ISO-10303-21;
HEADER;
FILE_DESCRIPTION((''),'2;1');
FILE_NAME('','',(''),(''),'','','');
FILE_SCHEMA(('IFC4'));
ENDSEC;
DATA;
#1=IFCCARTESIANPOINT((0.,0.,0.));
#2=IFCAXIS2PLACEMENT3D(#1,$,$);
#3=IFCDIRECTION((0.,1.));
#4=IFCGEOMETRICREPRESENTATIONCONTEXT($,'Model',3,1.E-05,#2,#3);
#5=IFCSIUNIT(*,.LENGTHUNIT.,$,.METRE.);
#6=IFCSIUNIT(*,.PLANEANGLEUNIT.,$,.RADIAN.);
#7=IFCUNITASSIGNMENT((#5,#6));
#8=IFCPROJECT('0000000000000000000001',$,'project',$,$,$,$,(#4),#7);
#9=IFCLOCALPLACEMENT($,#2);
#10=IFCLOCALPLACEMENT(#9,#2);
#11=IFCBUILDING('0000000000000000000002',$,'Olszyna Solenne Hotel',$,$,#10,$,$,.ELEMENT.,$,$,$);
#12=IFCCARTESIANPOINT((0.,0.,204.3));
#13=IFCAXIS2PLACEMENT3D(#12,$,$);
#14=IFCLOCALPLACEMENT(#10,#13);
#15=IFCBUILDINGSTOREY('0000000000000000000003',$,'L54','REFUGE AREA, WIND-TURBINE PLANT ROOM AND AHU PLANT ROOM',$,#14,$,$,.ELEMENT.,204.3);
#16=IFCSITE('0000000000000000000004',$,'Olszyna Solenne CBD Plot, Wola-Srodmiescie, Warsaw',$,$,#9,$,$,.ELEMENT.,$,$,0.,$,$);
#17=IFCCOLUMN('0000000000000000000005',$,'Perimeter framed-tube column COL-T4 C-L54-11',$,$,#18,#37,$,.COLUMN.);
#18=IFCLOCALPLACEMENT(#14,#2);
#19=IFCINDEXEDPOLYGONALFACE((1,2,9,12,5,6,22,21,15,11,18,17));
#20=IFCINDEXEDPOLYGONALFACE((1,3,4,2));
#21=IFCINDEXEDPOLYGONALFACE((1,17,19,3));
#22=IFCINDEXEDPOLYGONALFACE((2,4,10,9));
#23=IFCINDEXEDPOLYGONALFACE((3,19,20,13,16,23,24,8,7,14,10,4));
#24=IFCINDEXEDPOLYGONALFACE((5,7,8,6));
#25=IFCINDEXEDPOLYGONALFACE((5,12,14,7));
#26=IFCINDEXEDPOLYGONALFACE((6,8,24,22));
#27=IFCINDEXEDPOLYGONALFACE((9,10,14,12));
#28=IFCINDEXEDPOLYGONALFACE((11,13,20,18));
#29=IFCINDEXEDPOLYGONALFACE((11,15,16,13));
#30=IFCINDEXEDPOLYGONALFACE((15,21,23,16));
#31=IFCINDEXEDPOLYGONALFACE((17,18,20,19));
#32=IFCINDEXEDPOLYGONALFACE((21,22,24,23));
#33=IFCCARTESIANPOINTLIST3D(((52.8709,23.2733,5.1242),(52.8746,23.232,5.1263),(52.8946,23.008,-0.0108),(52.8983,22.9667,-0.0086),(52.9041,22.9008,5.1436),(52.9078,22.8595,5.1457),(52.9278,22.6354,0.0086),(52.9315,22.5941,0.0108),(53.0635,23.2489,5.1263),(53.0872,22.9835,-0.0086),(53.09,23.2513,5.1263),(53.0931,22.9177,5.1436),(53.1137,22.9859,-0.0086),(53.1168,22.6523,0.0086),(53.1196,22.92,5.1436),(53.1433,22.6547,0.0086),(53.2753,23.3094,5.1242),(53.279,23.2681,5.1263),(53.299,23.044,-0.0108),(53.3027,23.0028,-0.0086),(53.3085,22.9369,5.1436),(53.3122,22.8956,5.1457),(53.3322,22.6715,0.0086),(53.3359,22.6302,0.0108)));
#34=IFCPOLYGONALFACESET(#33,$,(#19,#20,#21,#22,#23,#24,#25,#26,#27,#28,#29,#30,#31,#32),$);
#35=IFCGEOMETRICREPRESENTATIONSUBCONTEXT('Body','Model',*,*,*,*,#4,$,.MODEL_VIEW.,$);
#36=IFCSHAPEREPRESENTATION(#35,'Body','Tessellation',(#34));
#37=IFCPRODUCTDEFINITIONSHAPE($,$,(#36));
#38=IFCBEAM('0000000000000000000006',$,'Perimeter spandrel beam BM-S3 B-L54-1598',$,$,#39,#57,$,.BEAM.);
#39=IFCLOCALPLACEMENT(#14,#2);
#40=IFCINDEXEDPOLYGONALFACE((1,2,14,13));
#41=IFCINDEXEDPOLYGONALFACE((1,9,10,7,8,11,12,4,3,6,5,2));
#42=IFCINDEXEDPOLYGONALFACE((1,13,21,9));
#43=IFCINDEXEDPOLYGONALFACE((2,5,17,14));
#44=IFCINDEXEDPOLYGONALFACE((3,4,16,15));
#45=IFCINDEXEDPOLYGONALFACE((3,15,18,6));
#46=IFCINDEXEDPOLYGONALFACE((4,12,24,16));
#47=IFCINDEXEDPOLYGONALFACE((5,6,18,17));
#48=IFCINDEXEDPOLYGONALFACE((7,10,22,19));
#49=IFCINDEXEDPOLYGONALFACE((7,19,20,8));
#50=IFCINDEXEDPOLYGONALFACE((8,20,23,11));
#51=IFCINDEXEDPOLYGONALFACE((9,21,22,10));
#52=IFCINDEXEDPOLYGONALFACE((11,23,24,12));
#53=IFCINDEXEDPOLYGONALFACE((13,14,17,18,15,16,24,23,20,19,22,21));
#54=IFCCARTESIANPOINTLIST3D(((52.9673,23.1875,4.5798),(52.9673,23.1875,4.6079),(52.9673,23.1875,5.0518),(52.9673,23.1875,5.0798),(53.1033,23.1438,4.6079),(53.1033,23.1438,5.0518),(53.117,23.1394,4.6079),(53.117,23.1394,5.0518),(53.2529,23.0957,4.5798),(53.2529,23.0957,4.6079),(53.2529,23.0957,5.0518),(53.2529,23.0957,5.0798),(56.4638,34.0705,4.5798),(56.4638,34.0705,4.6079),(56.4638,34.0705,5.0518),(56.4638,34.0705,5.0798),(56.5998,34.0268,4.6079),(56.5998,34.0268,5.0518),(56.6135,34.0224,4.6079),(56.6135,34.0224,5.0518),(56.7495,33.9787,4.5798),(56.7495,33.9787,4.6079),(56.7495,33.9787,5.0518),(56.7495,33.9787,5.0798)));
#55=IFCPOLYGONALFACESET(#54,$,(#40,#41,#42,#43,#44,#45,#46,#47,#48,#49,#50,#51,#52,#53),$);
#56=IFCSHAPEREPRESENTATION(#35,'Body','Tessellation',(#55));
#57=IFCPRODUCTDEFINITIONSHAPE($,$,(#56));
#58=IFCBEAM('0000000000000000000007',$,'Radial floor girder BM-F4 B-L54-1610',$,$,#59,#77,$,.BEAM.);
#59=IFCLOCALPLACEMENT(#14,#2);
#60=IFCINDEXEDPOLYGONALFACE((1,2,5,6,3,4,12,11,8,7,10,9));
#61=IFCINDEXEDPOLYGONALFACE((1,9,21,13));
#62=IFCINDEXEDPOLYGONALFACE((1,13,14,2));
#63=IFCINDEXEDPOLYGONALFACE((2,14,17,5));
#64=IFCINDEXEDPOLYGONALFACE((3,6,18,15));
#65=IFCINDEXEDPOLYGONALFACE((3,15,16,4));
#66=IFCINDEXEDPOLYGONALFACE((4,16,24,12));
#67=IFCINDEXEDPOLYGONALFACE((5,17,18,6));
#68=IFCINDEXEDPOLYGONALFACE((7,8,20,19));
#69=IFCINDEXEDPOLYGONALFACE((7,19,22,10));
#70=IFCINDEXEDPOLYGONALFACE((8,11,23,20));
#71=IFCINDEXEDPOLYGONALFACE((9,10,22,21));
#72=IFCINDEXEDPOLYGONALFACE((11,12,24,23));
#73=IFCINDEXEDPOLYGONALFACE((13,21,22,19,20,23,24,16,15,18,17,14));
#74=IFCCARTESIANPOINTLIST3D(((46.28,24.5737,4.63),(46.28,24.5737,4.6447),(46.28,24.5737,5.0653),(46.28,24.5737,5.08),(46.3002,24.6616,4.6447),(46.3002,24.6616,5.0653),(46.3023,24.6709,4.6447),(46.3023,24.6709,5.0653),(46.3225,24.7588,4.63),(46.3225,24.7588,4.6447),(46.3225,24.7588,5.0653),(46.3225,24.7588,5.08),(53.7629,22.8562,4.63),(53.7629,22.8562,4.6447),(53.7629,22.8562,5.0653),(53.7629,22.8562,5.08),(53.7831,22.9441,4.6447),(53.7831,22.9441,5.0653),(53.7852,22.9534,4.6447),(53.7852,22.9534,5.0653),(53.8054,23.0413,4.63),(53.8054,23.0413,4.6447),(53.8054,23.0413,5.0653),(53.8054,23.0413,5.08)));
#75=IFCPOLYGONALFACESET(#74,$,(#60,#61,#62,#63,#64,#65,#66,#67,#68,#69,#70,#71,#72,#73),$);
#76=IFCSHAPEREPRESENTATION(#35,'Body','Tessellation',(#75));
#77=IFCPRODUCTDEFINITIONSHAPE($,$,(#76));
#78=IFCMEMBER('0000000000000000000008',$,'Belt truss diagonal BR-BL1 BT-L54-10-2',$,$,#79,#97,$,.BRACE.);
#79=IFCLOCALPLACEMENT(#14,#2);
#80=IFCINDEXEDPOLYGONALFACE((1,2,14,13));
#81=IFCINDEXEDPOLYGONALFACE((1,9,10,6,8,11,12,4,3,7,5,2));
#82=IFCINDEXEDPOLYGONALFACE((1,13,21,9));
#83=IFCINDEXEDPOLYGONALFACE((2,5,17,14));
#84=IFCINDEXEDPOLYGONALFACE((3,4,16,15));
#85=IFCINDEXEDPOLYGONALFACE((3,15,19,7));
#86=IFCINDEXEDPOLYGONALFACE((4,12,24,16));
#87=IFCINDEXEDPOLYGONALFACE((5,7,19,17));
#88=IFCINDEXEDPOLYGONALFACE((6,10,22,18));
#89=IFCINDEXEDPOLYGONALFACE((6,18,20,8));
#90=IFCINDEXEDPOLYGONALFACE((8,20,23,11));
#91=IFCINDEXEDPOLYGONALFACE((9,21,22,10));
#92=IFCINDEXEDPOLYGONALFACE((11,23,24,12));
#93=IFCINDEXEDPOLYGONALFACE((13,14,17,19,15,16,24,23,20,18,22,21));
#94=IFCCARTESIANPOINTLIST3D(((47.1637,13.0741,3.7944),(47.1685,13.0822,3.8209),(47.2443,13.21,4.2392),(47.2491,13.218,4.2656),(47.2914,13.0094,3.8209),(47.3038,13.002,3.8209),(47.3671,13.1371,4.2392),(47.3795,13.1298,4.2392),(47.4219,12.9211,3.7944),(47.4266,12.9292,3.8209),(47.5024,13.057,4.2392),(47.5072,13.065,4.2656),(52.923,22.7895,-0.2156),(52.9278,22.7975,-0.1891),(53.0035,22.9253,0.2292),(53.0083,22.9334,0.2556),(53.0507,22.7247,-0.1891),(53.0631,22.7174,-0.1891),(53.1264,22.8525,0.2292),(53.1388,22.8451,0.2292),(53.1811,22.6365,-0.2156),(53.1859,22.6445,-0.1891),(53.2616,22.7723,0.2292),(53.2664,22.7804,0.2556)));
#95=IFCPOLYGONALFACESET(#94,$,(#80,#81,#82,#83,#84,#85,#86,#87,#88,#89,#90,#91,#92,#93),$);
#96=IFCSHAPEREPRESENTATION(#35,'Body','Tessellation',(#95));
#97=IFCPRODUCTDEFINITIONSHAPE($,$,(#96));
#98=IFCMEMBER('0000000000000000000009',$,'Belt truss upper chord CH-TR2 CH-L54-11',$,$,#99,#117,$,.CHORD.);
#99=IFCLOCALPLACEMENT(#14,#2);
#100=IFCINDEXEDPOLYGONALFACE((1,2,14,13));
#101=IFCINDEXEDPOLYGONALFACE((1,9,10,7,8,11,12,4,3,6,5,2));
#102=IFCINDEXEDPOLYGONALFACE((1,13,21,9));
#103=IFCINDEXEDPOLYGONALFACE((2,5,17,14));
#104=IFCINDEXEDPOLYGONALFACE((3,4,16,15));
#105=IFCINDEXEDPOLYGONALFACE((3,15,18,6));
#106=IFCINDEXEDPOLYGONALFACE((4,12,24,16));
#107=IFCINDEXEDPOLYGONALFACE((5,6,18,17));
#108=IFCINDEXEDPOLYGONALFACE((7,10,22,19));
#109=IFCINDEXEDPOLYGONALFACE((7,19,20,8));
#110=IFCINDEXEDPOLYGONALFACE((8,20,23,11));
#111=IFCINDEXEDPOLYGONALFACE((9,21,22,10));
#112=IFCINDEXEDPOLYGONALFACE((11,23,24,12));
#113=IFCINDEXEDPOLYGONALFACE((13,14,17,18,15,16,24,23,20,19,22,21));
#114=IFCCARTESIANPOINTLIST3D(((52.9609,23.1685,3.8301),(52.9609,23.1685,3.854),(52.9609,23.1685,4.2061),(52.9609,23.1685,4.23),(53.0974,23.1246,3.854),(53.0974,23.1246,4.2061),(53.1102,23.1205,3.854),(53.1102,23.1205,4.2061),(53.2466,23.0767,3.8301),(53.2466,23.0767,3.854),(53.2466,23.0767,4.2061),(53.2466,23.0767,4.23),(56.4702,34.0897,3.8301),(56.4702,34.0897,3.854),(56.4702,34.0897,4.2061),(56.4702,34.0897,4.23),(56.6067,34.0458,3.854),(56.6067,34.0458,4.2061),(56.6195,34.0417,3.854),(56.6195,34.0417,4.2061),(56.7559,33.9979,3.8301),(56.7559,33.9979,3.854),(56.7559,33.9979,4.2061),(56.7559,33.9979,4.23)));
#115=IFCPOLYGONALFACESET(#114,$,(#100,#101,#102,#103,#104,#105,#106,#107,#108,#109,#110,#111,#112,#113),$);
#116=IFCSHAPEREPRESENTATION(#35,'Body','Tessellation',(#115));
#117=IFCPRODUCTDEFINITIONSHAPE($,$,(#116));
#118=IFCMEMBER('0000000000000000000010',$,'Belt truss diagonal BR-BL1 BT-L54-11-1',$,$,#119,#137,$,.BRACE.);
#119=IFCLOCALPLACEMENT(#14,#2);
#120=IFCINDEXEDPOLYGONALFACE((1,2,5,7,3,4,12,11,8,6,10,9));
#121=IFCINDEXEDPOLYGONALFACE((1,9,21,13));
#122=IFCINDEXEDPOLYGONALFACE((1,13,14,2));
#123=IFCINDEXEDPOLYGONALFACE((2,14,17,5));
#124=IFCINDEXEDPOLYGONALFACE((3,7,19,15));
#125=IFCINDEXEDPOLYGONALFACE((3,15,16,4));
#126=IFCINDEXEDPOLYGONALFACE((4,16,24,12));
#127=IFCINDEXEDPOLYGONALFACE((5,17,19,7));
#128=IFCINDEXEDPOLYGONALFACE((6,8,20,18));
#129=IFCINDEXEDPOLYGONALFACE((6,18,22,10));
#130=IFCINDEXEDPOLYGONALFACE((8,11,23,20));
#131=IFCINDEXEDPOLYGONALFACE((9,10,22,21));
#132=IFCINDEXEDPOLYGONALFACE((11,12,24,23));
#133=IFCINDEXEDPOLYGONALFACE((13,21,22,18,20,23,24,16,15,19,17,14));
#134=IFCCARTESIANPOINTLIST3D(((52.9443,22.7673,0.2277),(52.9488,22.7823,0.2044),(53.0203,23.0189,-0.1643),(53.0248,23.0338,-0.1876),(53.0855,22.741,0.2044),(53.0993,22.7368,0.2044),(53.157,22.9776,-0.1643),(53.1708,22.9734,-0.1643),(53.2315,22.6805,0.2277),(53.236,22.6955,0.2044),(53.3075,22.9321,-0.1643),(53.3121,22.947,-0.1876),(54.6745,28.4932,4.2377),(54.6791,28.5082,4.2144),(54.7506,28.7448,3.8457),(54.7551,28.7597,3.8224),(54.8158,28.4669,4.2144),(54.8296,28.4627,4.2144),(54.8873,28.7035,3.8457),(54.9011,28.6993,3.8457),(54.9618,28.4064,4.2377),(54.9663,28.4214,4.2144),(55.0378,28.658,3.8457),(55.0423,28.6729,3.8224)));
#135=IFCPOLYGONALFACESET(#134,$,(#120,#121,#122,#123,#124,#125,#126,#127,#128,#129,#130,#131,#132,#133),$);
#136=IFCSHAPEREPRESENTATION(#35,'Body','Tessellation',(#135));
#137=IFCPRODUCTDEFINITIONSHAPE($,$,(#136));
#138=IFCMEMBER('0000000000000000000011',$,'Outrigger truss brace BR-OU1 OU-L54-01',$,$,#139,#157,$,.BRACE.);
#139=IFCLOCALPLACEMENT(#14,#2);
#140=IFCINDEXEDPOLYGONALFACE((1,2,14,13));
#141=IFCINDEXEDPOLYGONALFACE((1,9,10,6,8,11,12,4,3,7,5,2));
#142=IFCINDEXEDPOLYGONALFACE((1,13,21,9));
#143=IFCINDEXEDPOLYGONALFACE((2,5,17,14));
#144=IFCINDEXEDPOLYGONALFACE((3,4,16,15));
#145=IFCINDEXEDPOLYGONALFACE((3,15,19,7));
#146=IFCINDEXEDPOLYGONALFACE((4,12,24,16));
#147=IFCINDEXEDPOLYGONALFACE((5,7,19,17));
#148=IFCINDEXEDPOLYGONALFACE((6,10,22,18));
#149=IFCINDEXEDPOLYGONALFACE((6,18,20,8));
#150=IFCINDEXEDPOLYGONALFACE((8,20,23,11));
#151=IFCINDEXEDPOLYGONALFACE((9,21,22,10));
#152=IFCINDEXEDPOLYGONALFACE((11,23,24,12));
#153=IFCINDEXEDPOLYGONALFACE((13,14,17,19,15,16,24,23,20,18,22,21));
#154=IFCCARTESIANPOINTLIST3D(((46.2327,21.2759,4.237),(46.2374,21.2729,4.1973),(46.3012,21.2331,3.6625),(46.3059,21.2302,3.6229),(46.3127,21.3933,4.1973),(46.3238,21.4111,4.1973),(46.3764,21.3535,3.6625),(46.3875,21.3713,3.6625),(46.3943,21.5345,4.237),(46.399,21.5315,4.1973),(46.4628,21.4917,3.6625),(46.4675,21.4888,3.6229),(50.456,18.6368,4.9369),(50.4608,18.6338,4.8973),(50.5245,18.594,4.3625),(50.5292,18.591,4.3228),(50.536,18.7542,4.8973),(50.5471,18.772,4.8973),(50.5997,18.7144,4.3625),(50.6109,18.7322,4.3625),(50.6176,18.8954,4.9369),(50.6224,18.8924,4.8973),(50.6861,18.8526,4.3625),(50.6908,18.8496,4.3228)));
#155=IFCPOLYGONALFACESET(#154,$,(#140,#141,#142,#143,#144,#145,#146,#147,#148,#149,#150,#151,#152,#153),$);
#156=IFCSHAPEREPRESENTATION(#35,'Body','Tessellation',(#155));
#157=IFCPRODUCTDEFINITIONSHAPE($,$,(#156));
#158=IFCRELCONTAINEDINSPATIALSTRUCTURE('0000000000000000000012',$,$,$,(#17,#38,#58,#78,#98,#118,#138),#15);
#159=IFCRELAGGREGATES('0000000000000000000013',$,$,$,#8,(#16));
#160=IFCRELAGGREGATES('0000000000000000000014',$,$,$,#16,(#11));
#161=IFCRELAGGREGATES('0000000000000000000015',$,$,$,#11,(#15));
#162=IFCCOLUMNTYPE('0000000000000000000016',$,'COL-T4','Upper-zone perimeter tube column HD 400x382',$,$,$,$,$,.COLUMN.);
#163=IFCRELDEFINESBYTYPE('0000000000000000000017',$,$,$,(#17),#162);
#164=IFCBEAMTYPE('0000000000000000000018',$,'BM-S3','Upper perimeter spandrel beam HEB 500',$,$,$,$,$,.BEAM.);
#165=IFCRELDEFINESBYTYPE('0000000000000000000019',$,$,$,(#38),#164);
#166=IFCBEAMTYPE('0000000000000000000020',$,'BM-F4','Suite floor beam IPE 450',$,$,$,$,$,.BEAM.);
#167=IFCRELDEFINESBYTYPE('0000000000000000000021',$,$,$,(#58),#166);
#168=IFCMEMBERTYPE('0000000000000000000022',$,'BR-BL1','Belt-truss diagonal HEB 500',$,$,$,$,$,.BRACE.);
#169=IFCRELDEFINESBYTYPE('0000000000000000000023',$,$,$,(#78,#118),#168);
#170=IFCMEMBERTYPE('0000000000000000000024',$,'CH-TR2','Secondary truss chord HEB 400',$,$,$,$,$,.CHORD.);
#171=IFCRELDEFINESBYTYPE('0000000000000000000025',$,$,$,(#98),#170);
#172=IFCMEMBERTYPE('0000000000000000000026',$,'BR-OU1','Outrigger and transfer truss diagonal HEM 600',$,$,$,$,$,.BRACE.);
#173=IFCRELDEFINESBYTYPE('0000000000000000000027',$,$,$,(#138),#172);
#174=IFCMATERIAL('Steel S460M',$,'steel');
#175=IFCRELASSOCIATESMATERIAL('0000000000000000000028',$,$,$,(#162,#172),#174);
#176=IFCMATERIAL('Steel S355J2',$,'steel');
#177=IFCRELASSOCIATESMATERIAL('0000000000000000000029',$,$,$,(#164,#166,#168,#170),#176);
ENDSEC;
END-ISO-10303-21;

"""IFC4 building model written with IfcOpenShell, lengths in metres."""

from ifc_helpers import new_model, si_unit, direction, frame, origin, origin_2d, place, context, subcontext, project, spatial, i_section, extrude, source, transform, mapped, material, material_profile, profile_set, type_object, element, save


model = new_model("IFC4")

# Units and contexts
model_context = context("Model", 3, precision=1e-05, world=origin(), true_north=direction((0.0, 1.0)))
body_context = subcontext(model_context, "Body", "Model", "MODEL_VIEW")
ifc_project = project(units=[si_unit("LENGTHUNIT", "METRE"), si_unit("PLANEANGLEUNIT", "RADIAN")], contexts=[model_context])

# Site, building, storey
site_placement = place(None, origin())
site = spatial("IfcSite", under=ifc_project, at=site_placement, Name="Olszyna Solenne CBD Plot, Wola-Srodmiescie, Warsaw", CompositionType="ELEMENT", RefElevation=0.0)
building_placement = place(site_placement, origin())
building = spatial("IfcBuilding", under=site, at=building_placement, Name="Olszyna Solenne Hotel", CompositionType="ELEMENT")
storey_placement = place(building_placement, frame((0.0, 0.0, 204.3)))
storey = spatial("IfcBuildingStorey", under=building, at=storey_placement, Name="L54", Description="REFUGE AREA, WIND-TURBINE PLANT ROOM AND AHU PLANT ROOM", CompositionType="ELEMENT", Elevation=204.3)

# Column
ifc_material_1 = material(Name="Steel S460M", Category="steel")
ifc_material_profile_1 = material_profile(ifc_material_1, i_section(OverallWidth=0.406, OverallDepth=0.416, WebThickness=0.0266, FlangeThickness=0.0415, at=origin_2d()), Name="HD 400x382", Category="load-bearing")
ifc_profile_set_1 = profile_set([ifc_material_profile_1], Name="Steel S460M")
column_type = type_object("IfcColumnType", Name="COL-T4", Description="Upper-zone perimeter tube column HD 400x382", PredefinedType="COLUMN", material=ifc_profile_set_1)
shared_shape_1 = source(origin(), body_context, "Body", "SweptSolid", [
    extrude(i_section(OverallWidth=0.406, OverallDepth=0.416, WebThickness=0.0266, FlangeThickness=0.0415, at=origin_2d()), origin(), (0.0, 0.0, 1.0), 5.1418),
])
column_placement = place(storey_placement, frame((53.1152, 22.8191, 0.0), z_axis=(-0.004606, 0.051611, 0.998657), x_axis=(-0.996042, -0.088883, 0.0)))
element("IfcColumn", 1, at=column_placement, inside=storey, type_object=column_type, Name="Perimeter framed-tube column COL-T4 C-L54-11", PredefinedType="COLUMN", context=body_context, shape_type="MappedRepresentation", body=[
    mapped(shared_shape_1, transform((0.0, 0.0, 0.0), x_axis=(1.0, 0.0, 0.0), y_axis=(0.0, 1.0, 0.0), z_axis=(0.0, 0.0, 1.0), scale=1.0)),
])

# Beams
ifc_material_2 = material(Name="Steel S355J2", Category="steel")
ifc_material_profile_2 = material_profile(ifc_material_2, i_section(OverallWidth=0.3, OverallDepth=0.5, WebThickness=0.0144, FlangeThickness=0.0281, at=origin_2d()), Name="HEB 500", Category="load-bearing")
ifc_profile_set_2 = profile_set([ifc_material_profile_2], Name="Steel S355J2")
beam_type_1 = type_object("IfcBeamType", Name="BM-S3", Description="Upper perimeter spandrel beam HEB 500", PredefinedType="BEAM", material=ifc_profile_set_2)
shared_shape_2 = source(origin(), body_context, "Body", "SweptSolid", [
    extrude(i_section(OverallWidth=0.3, OverallDepth=0.5, WebThickness=0.0144, FlangeThickness=0.0281, at=origin_2d()), origin(), (0.0, 0.0, 1.0), 11.4309),
])
beam_1_placement = place(storey_placement, frame((53.1101, 23.1416, 4.8298), z_axis=(0.305887, 0.952068, 0.0), x_axis=(-0.952068, 0.305887, 0.0)))
element("IfcBeam", 2, at=beam_1_placement, inside=storey, type_object=beam_type_1, Name="Perimeter spandrel beam BM-S3 B-L54-1598", PredefinedType="BEAM", context=body_context, shape_type="MappedRepresentation", body=[
    mapped(shared_shape_2, transform((0.0, 0.0, 0.0), x_axis=(1.0, 0.0, 0.0), y_axis=(0.0, 1.0, 0.0), z_axis=(0.0, 0.0, 1.0), scale=1.0)),
])
ifc_material_profile_3 = material_profile(ifc_material_2, i_section(OverallWidth=0.1899, OverallDepth=0.45, WebThickness=0.0095, FlangeThickness=0.0146, at=origin_2d()), Name="IPE 450", Category="load-bearing")
ifc_profile_set_3 = profile_set([ifc_material_profile_3], Name="Steel S355J2")
beam_type_2 = type_object("IfcBeamType", Name="BM-F4", Description="Suite floor beam IPE 450", PredefinedType="BEAM", material=ifc_profile_set_3)
shared_shape_3 = source(origin(), body_context, "Body", "SweptSolid", [
    extrude(i_section(OverallWidth=0.1899, OverallDepth=0.45, WebThickness=0.0095, FlangeThickness=0.0146, at=origin_2d()), origin(), (0.0, 0.0, 1.0), 7.6775),
])
beam_2_placement = place(storey_placement, frame((53.7842, 22.9487, 4.855), z_axis=(-0.974656, 0.22371, 0.0), x_axis=(-0.22371, -0.974656, 0.0)))
element("IfcBeam", 3, at=beam_2_placement, inside=storey, type_object=beam_type_2, Name="Radial floor girder BM-F4 B-L54-1610", PredefinedType="BEAM", context=body_context, shape_type="MappedRepresentation", body=[
    mapped(shared_shape_3, transform((0.0, 0.0, 0.0), x_axis=(1.0, 0.0, 0.0), y_axis=(0.0, 1.0, 0.0), z_axis=(0.0, 0.0, 1.0), scale=1.0)),
])

# Members
ifc_material_profile_4 = material_profile(ifc_material_2, i_section(OverallWidth=0.3, OverallDepth=0.5, WebThickness=0.0144, FlangeThickness=0.0281, at=origin_2d()), Name="HEB 500", Category="load-bearing")
ifc_profile_set_4 = profile_set([ifc_material_profile_4], Name="Steel S355J2")
member_type_1 = type_object("IfcMemberType", Name="BR-BL1", Description="Belt-truss diagonal HEB 500", PredefinedType="BRACE", material=ifc_profile_set_4)
shared_shape_4 = source(origin(), body_context, "Body", "SweptSolid", [
    extrude(i_section(OverallWidth=0.3, OverallDepth=0.5, WebThickness=0.0144, FlangeThickness=0.0281, at=origin_2d()), origin(), (0.0, 0.0, 1.0), 11.9849),
])
member_1_placement = place(storey_placement, frame((53.0947, 22.7849, 0.02), z_axis=(-0.480546, -0.810633, 0.334589), x_axis=(0.860212, -0.509936, 0.0)))
element("IfcMember", 4, at=member_1_placement, inside=storey, type_object=member_type_1, Name="Belt truss diagonal BR-BL1 BT-L54-10-2", PredefinedType="BRACE", context=body_context, shape_type="MappedRepresentation", body=[
    mapped(shared_shape_4, transform((0.0, 0.0, 0.0), x_axis=(1.0, 0.0, 0.0), y_axis=(0.0, 1.0, 0.0), z_axis=(0.0, 0.0, 1.0), scale=1.0)),
])
ifc_material_profile_5 = material_profile(ifc_material_2, i_section(OverallWidth=0.3, OverallDepth=0.3999, WebThickness=0.0134, FlangeThickness=0.0239, at=origin_2d()), Name="HEB 400", Category="load-bearing")
ifc_profile_set_5 = profile_set([ifc_material_profile_5], Name="Steel S355J2")
member_type_2 = type_object("IfcMemberType", Name="CH-TR2", Description="Secondary truss chord HEB 400", PredefinedType="CHORD", material=ifc_profile_set_5)
shared_shape_5 = source(origin(), body_context, "Body", "SweptSolid", [
    extrude(i_section(OverallWidth=0.3, OverallDepth=0.3999, WebThickness=0.0134, FlangeThickness=0.0239, at=origin_2d()), origin(), (0.0, 0.0, 1.0), 11.4712),
])
member_2_placement = place(storey_placement, frame((53.1038, 23.1226, 4.03), z_axis=(0.305923, 0.952056, 0.0), x_axis=(-0.952056, 0.305923, 0.0)))
element("IfcMember", 5, at=member_2_placement, inside=storey, type_object=member_type_2, Name="Belt truss upper chord CH-TR2 CH-L54-11", PredefinedType="CHORD", context=body_context, shape_type="MappedRepresentation", body=[
    mapped(shared_shape_5, transform((0.0, 0.0, 0.0), x_axis=(1.0, 0.0, 0.0), y_axis=(0.0, 1.0, 0.0), z_axis=(0.0, 0.0, 1.0), scale=1.0)),
])
shared_shape_6 = source(origin(), body_context, "Body", "SweptSolid", [
    extrude(i_section(OverallWidth=0.3, OverallDepth=0.5, WebThickness=0.0144, FlangeThickness=0.0281, at=origin_2d()), origin(), (0.0, 0.0, 1.0), 7.2014),
])
member_3_placement = place(storey_placement, frame((53.1282, 22.8572, 0.02), z_axis=(0.240265, 0.795109, 0.556844), x_axis=(-0.95725, 0.289261, 0.0)))
element("IfcMember", 6, at=member_3_placement, inside=storey, type_object=member_type_1, Name="Belt truss diagonal BR-BL1 BT-L54-11-1", PredefinedType="BRACE", context=body_context, shape_type="MappedRepresentation", body=[
    mapped(shared_shape_6, transform((0.0, 0.0, 0.0), x_axis=(1.0, 0.0, 0.0), y_axis=(0.0, 1.0, 0.0), z_axis=(0.0, 0.0, 1.0), scale=1.0)),
])
ifc_material_profile_6 = material_profile(ifc_material_1, i_section(OverallWidth=0.3049, OverallDepth=0.6201, WebThickness=0.021, FlangeThickness=0.04, at=origin_2d()), Name="HEM 600", Category="load-bearing")
ifc_profile_set_6 = profile_set([ifc_material_profile_6], Name="Steel S460M")
member_type_3 = type_object("IfcMemberType", Name="BR-OU1", Description="Outrigger and transfer truss diagonal HEM 600", PredefinedType="BRACE", material=ifc_profile_set_6)
shared_shape_7 = source(origin(), body_context, "Body", "SweptSolid", [
    extrude(i_section(OverallWidth=0.3049, OverallDepth=0.6201, WebThickness=0.021, FlangeThickness=0.04, at=origin_2d()), origin(), (0.0, 0.0, 1.0), 5.0291),
])
member_4_placement = place(storey_placement, frame((46.3501, 21.3823, 3.9299), z_axis=(0.839786, -0.524775, 0.139179), x_axis=(0.529933, 0.84804, 0.0)))
element("IfcMember", 7, at=member_4_placement, inside=storey, type_object=member_type_3, Name="Outrigger truss brace BR-OU1 OU-L54-01", PredefinedType="BRACE", context=body_context, shape_type="MappedRepresentation", body=[
    mapped(shared_shape_7, transform((0.0, 0.0, 0.0), x_axis=(1.0, 0.0, 0.0), y_axis=(0.0, 1.0, 0.0), z_axis=(0.0, 0.0, 1.0), scale=1.0)),
])

save(model, "model.ifc")
